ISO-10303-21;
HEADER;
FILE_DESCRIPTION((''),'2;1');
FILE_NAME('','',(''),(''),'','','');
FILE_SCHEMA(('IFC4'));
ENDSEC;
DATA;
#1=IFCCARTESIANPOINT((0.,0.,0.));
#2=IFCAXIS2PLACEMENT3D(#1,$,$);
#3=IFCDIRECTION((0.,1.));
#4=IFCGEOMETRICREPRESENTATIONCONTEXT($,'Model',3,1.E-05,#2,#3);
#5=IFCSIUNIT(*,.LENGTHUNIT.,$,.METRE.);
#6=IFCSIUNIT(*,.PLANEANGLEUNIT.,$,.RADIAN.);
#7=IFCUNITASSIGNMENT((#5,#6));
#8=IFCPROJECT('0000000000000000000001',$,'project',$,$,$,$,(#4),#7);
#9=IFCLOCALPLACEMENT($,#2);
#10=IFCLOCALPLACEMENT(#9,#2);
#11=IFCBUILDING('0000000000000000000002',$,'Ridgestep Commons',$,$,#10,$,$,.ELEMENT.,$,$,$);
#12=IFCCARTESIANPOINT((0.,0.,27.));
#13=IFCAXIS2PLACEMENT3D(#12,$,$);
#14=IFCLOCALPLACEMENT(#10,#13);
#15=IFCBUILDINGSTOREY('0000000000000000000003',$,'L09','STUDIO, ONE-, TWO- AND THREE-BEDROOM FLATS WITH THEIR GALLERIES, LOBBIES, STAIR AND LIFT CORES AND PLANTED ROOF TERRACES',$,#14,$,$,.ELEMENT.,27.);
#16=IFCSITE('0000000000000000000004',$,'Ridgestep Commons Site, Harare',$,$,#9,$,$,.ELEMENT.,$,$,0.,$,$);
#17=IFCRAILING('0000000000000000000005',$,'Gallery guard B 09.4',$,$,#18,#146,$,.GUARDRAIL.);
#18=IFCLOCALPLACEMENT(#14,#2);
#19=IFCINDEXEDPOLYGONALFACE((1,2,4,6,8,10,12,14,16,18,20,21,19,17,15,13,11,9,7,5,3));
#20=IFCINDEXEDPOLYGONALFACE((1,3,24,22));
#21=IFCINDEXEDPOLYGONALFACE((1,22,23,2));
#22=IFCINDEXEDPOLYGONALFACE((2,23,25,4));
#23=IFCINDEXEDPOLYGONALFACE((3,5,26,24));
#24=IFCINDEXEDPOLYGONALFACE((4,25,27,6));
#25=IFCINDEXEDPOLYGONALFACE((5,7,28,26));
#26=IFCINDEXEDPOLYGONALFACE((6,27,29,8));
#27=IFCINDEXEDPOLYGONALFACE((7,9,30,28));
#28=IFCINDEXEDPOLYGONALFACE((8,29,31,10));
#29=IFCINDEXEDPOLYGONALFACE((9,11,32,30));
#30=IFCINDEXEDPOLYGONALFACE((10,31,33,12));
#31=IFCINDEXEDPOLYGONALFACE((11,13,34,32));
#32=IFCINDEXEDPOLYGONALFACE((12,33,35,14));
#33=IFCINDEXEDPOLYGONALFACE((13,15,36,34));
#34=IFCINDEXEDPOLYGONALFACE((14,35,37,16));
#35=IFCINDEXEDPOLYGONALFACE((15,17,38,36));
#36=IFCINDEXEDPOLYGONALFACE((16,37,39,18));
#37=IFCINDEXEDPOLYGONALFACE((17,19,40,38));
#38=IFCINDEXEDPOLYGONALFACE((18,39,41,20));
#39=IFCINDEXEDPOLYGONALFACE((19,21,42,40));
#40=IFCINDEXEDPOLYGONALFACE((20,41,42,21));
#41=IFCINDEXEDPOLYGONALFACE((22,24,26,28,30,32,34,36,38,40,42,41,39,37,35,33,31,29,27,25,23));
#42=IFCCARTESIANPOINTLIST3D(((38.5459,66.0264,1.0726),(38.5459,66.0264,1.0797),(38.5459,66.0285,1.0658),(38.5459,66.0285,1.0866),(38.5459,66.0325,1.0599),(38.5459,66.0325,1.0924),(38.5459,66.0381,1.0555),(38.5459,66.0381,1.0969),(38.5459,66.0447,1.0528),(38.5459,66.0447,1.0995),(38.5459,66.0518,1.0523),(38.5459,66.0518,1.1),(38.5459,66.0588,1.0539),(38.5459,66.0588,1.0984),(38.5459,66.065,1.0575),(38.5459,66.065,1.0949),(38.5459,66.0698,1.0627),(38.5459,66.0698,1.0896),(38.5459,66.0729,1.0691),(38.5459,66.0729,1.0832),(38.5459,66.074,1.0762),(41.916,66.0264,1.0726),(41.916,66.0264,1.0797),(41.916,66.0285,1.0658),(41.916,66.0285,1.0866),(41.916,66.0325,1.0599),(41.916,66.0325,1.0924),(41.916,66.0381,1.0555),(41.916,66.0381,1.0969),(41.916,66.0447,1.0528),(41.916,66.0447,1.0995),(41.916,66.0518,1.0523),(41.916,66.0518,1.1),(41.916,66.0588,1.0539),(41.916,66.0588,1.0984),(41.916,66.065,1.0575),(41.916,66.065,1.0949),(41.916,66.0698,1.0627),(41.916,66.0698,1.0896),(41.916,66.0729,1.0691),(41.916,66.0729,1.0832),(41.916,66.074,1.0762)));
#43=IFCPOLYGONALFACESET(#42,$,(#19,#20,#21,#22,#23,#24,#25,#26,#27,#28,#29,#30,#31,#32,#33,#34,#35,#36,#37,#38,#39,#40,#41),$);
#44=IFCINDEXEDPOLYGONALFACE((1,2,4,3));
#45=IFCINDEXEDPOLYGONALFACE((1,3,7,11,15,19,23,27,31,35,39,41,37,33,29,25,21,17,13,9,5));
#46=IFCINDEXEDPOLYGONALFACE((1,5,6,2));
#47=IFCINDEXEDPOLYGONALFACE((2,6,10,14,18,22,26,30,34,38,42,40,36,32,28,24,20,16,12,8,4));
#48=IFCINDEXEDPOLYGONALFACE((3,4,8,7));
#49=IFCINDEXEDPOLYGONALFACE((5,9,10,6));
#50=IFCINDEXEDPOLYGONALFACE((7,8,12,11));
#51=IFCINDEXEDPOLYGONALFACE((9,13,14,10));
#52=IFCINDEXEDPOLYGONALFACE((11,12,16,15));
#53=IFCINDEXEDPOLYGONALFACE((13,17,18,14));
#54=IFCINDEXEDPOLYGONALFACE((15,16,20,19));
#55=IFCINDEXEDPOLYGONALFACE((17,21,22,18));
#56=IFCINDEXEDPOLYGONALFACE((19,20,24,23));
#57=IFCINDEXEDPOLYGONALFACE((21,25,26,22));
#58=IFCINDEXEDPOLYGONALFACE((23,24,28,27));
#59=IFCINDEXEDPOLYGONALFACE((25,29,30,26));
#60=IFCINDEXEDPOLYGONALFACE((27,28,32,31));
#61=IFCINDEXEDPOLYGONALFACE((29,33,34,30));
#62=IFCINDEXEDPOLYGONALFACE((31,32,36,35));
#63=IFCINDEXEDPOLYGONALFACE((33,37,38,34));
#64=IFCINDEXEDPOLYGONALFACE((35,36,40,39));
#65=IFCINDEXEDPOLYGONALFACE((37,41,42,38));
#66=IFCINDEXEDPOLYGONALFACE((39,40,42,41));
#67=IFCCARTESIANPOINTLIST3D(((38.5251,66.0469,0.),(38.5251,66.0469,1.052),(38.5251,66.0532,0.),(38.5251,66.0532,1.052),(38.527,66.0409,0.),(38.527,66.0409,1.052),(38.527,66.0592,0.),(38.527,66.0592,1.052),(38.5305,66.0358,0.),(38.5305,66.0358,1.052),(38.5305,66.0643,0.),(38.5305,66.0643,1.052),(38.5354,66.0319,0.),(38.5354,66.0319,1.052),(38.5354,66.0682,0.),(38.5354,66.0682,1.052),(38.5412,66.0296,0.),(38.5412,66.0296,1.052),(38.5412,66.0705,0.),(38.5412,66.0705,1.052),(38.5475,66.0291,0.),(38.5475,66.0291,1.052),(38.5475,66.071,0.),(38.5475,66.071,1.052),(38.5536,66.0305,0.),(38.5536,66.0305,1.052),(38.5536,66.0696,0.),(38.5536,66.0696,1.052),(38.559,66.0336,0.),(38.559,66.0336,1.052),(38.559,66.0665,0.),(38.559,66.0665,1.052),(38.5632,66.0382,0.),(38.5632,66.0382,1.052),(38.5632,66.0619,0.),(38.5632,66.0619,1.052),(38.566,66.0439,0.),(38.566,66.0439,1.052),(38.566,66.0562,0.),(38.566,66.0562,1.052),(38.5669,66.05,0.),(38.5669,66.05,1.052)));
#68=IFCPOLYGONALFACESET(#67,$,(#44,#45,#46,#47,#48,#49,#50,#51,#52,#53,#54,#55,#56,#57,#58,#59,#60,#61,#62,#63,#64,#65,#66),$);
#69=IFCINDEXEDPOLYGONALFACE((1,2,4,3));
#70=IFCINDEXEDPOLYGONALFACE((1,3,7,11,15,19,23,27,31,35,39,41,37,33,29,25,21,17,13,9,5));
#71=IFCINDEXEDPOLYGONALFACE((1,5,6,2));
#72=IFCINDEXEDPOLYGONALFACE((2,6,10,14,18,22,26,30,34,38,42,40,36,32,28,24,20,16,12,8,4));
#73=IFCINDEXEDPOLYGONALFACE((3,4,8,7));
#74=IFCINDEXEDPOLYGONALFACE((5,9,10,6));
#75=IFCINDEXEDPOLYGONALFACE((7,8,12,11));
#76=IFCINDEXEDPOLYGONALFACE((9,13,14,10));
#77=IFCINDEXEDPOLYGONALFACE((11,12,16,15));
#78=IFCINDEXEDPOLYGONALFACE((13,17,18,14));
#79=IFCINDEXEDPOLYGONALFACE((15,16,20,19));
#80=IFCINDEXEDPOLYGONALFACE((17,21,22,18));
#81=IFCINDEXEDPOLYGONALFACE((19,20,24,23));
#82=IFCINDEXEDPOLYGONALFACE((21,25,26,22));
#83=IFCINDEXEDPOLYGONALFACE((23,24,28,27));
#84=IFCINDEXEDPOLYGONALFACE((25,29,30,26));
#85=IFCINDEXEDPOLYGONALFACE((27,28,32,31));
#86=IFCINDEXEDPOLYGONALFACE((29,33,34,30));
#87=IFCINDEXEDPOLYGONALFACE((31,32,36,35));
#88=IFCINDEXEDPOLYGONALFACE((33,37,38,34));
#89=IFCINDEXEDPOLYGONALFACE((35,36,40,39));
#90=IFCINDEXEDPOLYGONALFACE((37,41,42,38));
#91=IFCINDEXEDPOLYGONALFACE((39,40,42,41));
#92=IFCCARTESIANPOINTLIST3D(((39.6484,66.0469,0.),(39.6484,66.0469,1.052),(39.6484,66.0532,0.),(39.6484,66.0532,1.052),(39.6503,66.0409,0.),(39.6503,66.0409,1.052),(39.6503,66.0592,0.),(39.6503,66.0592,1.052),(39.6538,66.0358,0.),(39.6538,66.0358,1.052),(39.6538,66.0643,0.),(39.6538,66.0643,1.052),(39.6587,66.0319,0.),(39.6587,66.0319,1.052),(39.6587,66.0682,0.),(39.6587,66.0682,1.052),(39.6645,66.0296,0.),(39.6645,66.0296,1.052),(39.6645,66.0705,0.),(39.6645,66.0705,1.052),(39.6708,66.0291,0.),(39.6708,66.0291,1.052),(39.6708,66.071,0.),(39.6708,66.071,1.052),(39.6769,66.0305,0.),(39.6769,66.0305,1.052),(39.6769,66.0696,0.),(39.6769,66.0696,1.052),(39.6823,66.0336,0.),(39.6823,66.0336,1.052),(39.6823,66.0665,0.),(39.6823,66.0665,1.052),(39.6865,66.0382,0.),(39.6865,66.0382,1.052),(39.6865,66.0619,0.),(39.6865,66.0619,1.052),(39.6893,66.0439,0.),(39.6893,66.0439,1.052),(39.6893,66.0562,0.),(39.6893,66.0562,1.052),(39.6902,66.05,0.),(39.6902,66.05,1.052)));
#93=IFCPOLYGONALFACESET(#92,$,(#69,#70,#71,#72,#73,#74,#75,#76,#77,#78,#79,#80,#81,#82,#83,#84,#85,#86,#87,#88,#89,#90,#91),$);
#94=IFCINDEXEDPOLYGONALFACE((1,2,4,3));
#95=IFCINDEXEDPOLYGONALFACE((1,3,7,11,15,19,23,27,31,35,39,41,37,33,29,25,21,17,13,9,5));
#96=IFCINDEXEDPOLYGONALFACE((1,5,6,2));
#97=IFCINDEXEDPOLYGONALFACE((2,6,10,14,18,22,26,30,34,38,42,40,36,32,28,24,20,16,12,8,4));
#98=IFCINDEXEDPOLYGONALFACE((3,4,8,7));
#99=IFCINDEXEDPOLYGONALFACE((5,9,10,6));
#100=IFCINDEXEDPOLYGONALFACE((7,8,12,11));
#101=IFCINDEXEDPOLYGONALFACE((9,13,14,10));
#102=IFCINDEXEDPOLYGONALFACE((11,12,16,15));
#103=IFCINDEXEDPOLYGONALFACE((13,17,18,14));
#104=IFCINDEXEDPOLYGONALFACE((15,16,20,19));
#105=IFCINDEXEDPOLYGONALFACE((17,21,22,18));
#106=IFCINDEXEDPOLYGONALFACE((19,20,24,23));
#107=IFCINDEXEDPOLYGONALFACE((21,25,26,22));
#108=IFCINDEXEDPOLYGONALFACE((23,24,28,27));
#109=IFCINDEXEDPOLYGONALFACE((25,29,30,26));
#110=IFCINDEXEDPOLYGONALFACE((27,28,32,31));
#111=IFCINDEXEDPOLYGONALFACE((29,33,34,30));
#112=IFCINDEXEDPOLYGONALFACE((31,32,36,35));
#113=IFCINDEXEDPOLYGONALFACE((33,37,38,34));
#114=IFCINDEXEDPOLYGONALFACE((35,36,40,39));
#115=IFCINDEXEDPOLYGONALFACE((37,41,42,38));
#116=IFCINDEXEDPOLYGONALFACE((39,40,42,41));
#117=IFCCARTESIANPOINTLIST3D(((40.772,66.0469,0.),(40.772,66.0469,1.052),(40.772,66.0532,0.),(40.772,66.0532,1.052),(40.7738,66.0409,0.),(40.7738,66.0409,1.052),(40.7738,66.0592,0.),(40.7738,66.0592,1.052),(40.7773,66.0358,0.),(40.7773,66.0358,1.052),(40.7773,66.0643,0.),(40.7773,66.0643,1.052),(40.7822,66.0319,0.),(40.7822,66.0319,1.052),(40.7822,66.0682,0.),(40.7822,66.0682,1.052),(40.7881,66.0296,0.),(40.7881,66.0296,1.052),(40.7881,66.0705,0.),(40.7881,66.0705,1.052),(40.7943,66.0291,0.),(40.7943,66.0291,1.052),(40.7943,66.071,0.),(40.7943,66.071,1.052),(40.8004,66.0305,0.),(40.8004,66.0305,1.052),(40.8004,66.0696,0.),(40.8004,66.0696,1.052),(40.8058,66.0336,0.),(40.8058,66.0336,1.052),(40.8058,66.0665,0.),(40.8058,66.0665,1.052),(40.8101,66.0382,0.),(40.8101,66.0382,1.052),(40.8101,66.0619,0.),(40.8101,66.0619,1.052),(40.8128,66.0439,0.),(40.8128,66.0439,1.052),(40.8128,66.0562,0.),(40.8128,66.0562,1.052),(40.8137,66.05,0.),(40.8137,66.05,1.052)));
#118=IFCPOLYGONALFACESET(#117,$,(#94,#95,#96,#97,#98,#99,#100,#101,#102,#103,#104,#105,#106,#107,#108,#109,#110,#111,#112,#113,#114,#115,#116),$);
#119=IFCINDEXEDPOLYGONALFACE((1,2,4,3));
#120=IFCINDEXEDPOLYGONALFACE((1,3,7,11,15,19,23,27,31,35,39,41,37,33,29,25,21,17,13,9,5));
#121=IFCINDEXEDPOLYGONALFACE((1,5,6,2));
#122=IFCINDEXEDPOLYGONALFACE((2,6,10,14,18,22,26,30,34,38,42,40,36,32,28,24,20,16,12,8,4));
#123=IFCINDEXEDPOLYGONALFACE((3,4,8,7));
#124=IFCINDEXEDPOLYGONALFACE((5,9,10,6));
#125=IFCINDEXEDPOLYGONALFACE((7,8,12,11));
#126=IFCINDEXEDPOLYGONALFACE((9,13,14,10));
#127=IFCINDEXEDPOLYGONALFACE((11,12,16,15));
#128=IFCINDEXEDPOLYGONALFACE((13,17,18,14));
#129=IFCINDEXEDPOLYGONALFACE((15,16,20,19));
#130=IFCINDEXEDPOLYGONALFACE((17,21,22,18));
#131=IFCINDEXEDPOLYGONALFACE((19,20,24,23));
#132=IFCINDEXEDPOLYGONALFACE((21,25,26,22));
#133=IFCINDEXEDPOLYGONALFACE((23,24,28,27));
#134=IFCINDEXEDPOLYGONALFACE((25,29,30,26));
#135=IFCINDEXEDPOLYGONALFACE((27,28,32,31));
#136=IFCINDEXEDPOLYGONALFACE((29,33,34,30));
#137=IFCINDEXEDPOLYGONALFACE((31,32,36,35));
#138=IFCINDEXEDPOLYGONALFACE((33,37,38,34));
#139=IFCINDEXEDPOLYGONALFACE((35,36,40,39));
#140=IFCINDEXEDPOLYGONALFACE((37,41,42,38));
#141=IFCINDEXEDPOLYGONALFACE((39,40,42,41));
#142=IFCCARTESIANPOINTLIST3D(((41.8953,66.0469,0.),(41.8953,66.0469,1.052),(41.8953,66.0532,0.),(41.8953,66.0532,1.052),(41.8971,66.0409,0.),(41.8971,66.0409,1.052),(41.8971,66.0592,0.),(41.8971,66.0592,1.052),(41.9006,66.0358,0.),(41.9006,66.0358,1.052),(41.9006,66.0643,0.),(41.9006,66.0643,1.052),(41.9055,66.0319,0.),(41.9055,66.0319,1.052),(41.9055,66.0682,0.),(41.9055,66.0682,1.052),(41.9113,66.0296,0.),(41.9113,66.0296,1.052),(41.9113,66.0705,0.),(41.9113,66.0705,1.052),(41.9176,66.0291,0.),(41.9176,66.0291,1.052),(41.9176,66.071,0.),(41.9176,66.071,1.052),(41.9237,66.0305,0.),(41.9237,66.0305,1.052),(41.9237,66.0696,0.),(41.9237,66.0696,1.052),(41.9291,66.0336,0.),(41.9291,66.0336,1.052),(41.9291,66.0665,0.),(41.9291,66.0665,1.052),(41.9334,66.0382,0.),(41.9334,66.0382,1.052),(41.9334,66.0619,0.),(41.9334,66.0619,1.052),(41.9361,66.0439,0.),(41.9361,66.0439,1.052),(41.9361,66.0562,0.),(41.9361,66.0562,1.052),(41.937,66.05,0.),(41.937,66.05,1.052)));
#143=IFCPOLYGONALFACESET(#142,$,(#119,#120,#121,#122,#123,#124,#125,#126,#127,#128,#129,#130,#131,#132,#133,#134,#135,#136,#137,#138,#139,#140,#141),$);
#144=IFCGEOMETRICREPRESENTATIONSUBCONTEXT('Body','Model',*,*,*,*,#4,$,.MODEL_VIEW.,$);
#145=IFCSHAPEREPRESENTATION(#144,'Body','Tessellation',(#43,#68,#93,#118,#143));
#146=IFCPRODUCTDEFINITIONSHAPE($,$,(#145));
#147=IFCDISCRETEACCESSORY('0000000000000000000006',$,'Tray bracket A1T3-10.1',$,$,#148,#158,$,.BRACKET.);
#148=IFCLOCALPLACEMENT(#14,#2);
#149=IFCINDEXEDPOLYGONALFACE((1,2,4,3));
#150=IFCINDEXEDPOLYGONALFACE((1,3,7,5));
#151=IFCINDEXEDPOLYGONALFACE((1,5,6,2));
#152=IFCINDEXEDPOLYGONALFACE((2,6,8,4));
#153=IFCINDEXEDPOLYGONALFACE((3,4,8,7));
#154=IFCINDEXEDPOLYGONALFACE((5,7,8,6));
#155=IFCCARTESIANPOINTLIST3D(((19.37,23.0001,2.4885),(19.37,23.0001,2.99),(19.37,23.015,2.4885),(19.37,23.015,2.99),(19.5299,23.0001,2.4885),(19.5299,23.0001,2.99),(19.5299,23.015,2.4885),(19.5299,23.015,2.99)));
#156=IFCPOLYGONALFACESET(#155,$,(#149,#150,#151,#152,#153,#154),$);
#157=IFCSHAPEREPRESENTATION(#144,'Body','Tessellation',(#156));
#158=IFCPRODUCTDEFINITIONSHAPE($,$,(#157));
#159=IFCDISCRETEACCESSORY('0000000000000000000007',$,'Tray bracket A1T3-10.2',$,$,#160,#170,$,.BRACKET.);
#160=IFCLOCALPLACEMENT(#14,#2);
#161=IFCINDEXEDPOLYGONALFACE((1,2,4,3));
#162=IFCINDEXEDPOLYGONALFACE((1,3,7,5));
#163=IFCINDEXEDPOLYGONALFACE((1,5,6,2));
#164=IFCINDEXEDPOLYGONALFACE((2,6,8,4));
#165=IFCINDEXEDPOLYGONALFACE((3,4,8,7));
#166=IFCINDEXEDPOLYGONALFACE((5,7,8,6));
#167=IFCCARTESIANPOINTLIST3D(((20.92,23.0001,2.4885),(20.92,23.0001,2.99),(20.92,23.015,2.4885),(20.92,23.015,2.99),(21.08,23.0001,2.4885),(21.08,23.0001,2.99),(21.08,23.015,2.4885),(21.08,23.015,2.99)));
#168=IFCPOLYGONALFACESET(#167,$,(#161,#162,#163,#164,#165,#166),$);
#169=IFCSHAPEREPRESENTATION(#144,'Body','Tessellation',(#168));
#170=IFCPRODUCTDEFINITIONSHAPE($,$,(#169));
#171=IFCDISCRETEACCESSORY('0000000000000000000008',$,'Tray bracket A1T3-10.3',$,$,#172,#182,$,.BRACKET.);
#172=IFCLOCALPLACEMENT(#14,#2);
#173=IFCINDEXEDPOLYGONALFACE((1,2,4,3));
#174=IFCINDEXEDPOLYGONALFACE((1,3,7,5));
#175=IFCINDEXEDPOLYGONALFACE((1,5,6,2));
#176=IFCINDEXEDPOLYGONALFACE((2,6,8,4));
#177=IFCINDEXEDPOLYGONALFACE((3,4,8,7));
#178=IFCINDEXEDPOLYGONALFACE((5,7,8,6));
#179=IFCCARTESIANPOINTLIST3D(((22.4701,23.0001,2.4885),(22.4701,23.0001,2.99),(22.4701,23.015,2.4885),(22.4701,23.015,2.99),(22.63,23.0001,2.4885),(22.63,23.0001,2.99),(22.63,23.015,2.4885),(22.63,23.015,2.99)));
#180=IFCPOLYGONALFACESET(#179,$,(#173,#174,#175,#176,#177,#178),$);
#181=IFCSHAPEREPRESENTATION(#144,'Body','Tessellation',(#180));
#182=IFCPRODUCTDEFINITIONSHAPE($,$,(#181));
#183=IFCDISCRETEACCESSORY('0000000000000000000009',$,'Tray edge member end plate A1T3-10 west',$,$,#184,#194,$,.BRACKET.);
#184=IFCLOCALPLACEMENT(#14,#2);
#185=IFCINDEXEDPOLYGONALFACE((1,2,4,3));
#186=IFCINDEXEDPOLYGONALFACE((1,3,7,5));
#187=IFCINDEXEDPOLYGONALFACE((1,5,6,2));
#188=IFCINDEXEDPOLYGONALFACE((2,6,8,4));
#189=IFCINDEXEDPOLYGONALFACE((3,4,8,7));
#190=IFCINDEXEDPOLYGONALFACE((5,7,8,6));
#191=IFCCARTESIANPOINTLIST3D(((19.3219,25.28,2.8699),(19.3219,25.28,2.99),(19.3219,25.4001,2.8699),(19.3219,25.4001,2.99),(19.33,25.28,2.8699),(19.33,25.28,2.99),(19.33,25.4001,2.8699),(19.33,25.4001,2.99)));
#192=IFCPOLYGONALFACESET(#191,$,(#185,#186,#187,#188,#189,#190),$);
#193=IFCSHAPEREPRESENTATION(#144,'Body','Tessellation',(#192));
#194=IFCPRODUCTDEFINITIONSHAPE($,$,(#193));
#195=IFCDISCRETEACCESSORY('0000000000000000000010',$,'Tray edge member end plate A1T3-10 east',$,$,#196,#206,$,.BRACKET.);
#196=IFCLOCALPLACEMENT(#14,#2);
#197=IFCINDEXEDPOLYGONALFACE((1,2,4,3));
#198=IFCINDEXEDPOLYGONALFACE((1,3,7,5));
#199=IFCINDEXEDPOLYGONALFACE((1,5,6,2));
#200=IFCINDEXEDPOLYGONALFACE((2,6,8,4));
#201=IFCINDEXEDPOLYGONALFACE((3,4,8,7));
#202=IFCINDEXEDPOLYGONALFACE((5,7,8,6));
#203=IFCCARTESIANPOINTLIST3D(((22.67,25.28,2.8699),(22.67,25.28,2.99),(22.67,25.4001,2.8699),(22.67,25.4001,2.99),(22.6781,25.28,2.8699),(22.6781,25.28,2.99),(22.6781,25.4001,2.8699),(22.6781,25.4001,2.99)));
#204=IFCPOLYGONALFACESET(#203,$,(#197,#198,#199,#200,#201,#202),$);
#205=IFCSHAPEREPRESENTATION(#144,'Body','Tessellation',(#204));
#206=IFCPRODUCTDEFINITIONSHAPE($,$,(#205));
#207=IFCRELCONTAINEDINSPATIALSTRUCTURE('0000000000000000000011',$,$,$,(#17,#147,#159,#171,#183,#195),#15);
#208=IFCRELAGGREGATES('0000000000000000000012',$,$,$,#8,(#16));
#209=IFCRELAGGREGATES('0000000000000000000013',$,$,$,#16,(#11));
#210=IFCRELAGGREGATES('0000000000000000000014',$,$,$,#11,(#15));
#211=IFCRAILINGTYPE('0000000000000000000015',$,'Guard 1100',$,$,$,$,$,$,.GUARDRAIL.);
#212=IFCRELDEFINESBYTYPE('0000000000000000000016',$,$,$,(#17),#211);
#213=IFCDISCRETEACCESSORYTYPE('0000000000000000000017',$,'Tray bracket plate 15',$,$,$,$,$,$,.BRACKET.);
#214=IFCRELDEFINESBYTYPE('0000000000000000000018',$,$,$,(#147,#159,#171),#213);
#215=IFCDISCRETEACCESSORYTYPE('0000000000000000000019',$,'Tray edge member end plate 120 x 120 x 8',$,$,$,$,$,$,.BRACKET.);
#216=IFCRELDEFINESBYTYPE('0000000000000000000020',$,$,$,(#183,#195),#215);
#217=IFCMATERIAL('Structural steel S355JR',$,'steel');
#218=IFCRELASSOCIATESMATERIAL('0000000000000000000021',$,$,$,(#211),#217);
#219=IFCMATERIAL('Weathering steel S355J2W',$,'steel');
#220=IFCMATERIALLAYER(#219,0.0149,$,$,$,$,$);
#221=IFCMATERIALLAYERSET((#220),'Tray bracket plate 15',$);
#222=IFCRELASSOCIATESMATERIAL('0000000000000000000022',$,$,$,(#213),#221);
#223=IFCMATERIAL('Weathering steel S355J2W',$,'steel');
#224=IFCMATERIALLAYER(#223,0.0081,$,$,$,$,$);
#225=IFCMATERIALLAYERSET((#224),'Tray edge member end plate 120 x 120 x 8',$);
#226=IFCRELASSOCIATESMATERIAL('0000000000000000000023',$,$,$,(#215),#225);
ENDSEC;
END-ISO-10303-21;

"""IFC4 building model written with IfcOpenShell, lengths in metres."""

from ifc_helpers import new_model, si_unit, direction, frame, origin, origin_2d, place, context, subcontext, project, spatial, rectangle, circle, extrude, material, layer, layer_set, type_object, element, save


model = new_model("IFC4")

# Units and contexts
model_context = context("Model", 3, precision=1e-05, world=origin(), true_north=direction((0.0, 1.0)))
body_context = subcontext(model_context, "Body", "Model", "MODEL_VIEW")
ifc_project = project(units=[si_unit("LENGTHUNIT", "METRE"), si_unit("PLANEANGLEUNIT", "RADIAN")], contexts=[model_context])

# Site, building, storey
site_placement = place(None, origin())
site = spatial("IfcSite", under=ifc_project, at=site_placement, Name="Ridgestep Commons Site, Harare", CompositionType="ELEMENT", RefElevation=0.0)
building_placement = place(site_placement, origin())
building = spatial("IfcBuilding", under=site, at=building_placement, Name="Ridgestep Commons", CompositionType="ELEMENT")
storey_placement = place(building_placement, frame((0.0, 0.0, 27.0)))
storey = spatial("IfcBuildingStorey", under=building, at=storey_placement, Name="L09", Description="STUDIO, ONE-, TWO- AND THREE-BEDROOM FLATS WITH THEIR GALLERIES, LOBBIES, STAIR AND LIFT CORES AND PLANTED ROOF TERRACES", CompositionType="ELEMENT", Elevation=27.0)

# Railing
ifc_material_1 = material(Name="Structural steel S355JR", Category="steel")
railing_type_1 = type_object("IfcRailingType", Name="Guard 1100", PredefinedType="GUARDRAIL", material=ifc_material_1)
railing_1_placement = place(storey_placement, frame((38.5459, 66.05, 0.0)))
element("IfcRailing", 1, at=railing_1_placement, inside=storey, type_object=railing_type_1, Name="Gallery guard B 09.4", PredefinedType="GUARDRAIL", context=body_context, shape_type="SweptSolid", body=[
    extrude(circle(Radius=0.0239, at=origin_2d()), frame((0.0, 0.0, 1.0762), z_axis=(1.0, 0.0, 0.0), x_axis=(0.0, 1.0, 0.0)), (0.0, 0.0, 1.0), 3.3701),
    extrude(circle(Radius=0.021, at=origin_2d()), origin(), (0.0, 0.0, 1.0), 1.052),
    extrude(circle(Radius=0.021, at=origin_2d()), frame((1.1233, 0.0, 0.0)), (0.0, 0.0, 1.0), 1.052),
    extrude(circle(Radius=0.021, at=origin_2d()), frame((2.2468, 0.0, 0.0)), (0.0, 0.0, 1.0), 1.052),
    extrude(circle(Radius=0.021, at=origin_2d()), frame((3.3701, 0.0, 0.0)), (0.0, 0.0, 1.0), 1.052),
])

# Discrete accessories
ifc_material_2 = material(Name="Weathering steel S355J2W", Category="steel")
ifc_layer_1 = layer(ifc_material_2, 0.0149)
ifc_layer_set_1 = layer_set([ifc_layer_1], Name="Tray bracket plate 15")
discrete_accessory_type_1 = type_object("IfcDiscreteAccessoryType", Name="Tray bracket plate 15", PredefinedType="BRACKET", material=ifc_layer_set_1)
for number, where, z_axis, x_axis, name in (
    (2, (19.45, 23.0076, 2.4885), (0.0, 0.0, 1.0), (1.0, 0.0, 0.0), "Tray bracket A1T3-10.1"),
    (3, (21.0, 23.0076, 2.4885), (0.0, 0.0, 1.0), (1.0, 0.0, 0.0), "Tray bracket A1T3-10.2"),
    (4, (22.55, 23.0076, 2.4885), (0.0, 0.0, 1.0), (1.0, 0.0, 0.0), "Tray bracket A1T3-10.3"),
):
    element("IfcDiscreteAccessory", number, at=place(storey_placement, frame(where, z_axis=z_axis, x_axis=x_axis)), inside=storey, type_object=discrete_accessory_type_1, Name=name, PredefinedType="BRACKET", context=body_context, shape_type="SweptSolid", body=[
        extrude(rectangle(XDim=0.1599, YDim=0.0149, at=origin_2d()), origin(), (0.0, 0.0, 1.0), 0.5015),
    ])
ifc_material_3 = material(Name="Weathering steel S355J2W", Category="steel")
ifc_layer_2 = layer(ifc_material_3, 0.0081)
ifc_layer_set_2 = layer_set([ifc_layer_2], Name="Tray edge member end plate 120 x 120 x 8")
discrete_accessory_type_2 = type_object("IfcDiscreteAccessoryType", Name="Tray edge member end plate 120 x 120 x 8", PredefinedType="BRACKET", material=ifc_layer_set_2)
for number, where, z_axis, x_axis, name in (
    (5, (19.3259, 25.3401, 2.8699), (0.0, 0.0, 1.0), (1.0, 0.0, 0.0), "Tray edge member end plate A1T3-10 west"),
    (6, (22.6741, 25.3401, 2.8699), (0.0, 0.0, 1.0), (1.0, 0.0, 0.0), "Tray edge member end plate A1T3-10 east"),
):
    element("IfcDiscreteAccessory", number, at=place(storey_placement, frame(where, z_axis=z_axis, x_axis=x_axis)), inside=storey, type_object=discrete_accessory_type_2, Name=name, PredefinedType="BRACKET", context=body_context, shape_type="SweptSolid", body=[
        extrude(rectangle(XDim=0.0081, YDim=0.1201, at=origin_2d()), origin(), (0.0, 0.0, 1.0), 0.1201),
    ])

save(model, "model.ifc")
